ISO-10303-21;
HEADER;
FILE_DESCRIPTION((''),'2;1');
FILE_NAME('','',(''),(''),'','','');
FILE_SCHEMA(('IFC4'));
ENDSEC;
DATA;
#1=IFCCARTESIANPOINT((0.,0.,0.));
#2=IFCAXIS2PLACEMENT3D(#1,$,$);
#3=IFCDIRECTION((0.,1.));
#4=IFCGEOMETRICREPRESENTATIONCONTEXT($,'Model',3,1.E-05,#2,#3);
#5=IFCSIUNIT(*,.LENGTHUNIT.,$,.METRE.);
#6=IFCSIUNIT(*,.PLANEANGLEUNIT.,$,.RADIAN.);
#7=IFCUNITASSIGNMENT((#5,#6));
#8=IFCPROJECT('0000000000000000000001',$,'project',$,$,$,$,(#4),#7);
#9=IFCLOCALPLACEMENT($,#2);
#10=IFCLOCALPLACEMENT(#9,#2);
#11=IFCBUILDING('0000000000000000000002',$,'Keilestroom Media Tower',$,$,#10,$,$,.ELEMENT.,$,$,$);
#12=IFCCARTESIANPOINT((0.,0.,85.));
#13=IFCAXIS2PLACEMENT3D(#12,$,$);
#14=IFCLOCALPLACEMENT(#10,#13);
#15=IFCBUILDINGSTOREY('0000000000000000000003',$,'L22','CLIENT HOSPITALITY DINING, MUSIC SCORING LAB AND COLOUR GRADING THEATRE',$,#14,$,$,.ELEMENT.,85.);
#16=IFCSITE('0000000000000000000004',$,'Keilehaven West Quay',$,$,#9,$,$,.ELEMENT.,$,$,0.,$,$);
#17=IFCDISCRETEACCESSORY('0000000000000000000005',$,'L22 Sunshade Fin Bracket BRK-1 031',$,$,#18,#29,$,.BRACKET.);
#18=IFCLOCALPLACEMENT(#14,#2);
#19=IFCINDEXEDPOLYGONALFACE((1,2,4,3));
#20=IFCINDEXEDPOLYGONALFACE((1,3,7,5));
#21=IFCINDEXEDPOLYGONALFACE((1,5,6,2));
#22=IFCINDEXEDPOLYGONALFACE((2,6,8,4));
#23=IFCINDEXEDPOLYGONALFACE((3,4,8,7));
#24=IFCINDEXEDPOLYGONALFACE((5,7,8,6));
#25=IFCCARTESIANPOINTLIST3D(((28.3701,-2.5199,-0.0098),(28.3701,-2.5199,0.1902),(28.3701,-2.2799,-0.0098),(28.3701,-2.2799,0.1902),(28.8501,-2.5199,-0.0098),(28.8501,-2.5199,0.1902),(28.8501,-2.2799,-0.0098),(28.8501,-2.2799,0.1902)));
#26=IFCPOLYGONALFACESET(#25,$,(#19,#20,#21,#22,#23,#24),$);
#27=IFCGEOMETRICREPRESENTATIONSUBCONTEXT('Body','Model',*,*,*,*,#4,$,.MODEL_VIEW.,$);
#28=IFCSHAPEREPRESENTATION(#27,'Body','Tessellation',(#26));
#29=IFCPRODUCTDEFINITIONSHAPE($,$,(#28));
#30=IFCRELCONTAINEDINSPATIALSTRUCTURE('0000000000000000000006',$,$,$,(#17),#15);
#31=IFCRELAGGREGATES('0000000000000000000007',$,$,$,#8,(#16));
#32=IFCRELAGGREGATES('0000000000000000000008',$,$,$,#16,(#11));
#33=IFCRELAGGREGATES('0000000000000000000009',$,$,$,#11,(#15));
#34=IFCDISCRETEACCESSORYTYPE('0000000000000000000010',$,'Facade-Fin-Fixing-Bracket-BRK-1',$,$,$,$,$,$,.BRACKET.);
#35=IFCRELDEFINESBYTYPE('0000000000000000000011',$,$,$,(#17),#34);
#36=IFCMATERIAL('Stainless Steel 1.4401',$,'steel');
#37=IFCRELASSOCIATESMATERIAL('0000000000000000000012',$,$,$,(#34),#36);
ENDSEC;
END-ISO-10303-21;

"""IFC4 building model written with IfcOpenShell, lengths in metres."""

from ifc_helpers import new_model, si_unit, direction, frame, origin, origin_2d, place, context, subcontext, project, spatial, rectangle, extrude, source, transform, mapped, material, type_object, element, save


model = new_model("IFC4")

# Units and contexts
model_context = context("Model", 3, precision=1e-05, world=origin(), true_north=direction((0.0, 1.0)))
body_context = subcontext(model_context, "Body", "Model", "MODEL_VIEW")
ifc_project = project(units=[si_unit("LENGTHUNIT", "METRE"), si_unit("PLANEANGLEUNIT", "RADIAN")], contexts=[model_context])

# Site, building, storey
site_placement = place(None, origin())
site = spatial("IfcSite", under=ifc_project, at=site_placement, Name="Keilehaven West Quay", CompositionType="ELEMENT", RefElevation=0.0)
building_placement = place(site_placement, origin())
building = spatial("IfcBuilding", under=site, at=building_placement, Name="Keilestroom Media Tower", CompositionType="ELEMENT")
storey_placement = place(building_placement, frame((0.0, 0.0, 85.0)))
storey = spatial("IfcBuildingStorey", under=building, at=storey_placement, Name="L22", Description="CLIENT HOSPITALITY DINING, MUSIC SCORING LAB AND COLOUR GRADING THEATRE", CompositionType="ELEMENT", Elevation=85.0)

# Discrete accessory
ifc_material_1 = material(Name="Stainless Steel 1.4401", Category="steel")
discrete_accessory_type = type_object("IfcDiscreteAccessoryType", Name="Facade-Fin-Fixing-Bracket-BRK-1", PredefinedType="BRACKET", material=ifc_material_1)
shared_shape_1 = source(origin(), body_context, "Body", "SweptSolid", [
    extrude(rectangle(XDim=0.48, YDim=0.24, at=origin_2d()), origin(), (0.0, 0.0, 1.0), 0.2),
])
discrete_accessory_placement = place(storey_placement, frame((28.6101, -2.3999, -0.0098), z_axis=(0.0, 0.0, 1.0), x_axis=(1.0, 0.0, 0.0)))
element("IfcDiscreteAccessory", 1, at=discrete_accessory_placement, inside=storey, type_object=discrete_accessory_type, Name="L22 Sunshade Fin Bracket BRK-1 031", PredefinedType="BRACKET", context=body_context, shape_type="MappedRepresentation", body=[
    mapped(shared_shape_1, transform((0.0, 0.0, 0.0), x_axis=(1.0, 0.0, 0.0), y_axis=(0.0, 1.0, 0.0), z_axis=(0.0, 0.0, 1.0), scale=1.0)),
])

save(model, "model.ifc")
